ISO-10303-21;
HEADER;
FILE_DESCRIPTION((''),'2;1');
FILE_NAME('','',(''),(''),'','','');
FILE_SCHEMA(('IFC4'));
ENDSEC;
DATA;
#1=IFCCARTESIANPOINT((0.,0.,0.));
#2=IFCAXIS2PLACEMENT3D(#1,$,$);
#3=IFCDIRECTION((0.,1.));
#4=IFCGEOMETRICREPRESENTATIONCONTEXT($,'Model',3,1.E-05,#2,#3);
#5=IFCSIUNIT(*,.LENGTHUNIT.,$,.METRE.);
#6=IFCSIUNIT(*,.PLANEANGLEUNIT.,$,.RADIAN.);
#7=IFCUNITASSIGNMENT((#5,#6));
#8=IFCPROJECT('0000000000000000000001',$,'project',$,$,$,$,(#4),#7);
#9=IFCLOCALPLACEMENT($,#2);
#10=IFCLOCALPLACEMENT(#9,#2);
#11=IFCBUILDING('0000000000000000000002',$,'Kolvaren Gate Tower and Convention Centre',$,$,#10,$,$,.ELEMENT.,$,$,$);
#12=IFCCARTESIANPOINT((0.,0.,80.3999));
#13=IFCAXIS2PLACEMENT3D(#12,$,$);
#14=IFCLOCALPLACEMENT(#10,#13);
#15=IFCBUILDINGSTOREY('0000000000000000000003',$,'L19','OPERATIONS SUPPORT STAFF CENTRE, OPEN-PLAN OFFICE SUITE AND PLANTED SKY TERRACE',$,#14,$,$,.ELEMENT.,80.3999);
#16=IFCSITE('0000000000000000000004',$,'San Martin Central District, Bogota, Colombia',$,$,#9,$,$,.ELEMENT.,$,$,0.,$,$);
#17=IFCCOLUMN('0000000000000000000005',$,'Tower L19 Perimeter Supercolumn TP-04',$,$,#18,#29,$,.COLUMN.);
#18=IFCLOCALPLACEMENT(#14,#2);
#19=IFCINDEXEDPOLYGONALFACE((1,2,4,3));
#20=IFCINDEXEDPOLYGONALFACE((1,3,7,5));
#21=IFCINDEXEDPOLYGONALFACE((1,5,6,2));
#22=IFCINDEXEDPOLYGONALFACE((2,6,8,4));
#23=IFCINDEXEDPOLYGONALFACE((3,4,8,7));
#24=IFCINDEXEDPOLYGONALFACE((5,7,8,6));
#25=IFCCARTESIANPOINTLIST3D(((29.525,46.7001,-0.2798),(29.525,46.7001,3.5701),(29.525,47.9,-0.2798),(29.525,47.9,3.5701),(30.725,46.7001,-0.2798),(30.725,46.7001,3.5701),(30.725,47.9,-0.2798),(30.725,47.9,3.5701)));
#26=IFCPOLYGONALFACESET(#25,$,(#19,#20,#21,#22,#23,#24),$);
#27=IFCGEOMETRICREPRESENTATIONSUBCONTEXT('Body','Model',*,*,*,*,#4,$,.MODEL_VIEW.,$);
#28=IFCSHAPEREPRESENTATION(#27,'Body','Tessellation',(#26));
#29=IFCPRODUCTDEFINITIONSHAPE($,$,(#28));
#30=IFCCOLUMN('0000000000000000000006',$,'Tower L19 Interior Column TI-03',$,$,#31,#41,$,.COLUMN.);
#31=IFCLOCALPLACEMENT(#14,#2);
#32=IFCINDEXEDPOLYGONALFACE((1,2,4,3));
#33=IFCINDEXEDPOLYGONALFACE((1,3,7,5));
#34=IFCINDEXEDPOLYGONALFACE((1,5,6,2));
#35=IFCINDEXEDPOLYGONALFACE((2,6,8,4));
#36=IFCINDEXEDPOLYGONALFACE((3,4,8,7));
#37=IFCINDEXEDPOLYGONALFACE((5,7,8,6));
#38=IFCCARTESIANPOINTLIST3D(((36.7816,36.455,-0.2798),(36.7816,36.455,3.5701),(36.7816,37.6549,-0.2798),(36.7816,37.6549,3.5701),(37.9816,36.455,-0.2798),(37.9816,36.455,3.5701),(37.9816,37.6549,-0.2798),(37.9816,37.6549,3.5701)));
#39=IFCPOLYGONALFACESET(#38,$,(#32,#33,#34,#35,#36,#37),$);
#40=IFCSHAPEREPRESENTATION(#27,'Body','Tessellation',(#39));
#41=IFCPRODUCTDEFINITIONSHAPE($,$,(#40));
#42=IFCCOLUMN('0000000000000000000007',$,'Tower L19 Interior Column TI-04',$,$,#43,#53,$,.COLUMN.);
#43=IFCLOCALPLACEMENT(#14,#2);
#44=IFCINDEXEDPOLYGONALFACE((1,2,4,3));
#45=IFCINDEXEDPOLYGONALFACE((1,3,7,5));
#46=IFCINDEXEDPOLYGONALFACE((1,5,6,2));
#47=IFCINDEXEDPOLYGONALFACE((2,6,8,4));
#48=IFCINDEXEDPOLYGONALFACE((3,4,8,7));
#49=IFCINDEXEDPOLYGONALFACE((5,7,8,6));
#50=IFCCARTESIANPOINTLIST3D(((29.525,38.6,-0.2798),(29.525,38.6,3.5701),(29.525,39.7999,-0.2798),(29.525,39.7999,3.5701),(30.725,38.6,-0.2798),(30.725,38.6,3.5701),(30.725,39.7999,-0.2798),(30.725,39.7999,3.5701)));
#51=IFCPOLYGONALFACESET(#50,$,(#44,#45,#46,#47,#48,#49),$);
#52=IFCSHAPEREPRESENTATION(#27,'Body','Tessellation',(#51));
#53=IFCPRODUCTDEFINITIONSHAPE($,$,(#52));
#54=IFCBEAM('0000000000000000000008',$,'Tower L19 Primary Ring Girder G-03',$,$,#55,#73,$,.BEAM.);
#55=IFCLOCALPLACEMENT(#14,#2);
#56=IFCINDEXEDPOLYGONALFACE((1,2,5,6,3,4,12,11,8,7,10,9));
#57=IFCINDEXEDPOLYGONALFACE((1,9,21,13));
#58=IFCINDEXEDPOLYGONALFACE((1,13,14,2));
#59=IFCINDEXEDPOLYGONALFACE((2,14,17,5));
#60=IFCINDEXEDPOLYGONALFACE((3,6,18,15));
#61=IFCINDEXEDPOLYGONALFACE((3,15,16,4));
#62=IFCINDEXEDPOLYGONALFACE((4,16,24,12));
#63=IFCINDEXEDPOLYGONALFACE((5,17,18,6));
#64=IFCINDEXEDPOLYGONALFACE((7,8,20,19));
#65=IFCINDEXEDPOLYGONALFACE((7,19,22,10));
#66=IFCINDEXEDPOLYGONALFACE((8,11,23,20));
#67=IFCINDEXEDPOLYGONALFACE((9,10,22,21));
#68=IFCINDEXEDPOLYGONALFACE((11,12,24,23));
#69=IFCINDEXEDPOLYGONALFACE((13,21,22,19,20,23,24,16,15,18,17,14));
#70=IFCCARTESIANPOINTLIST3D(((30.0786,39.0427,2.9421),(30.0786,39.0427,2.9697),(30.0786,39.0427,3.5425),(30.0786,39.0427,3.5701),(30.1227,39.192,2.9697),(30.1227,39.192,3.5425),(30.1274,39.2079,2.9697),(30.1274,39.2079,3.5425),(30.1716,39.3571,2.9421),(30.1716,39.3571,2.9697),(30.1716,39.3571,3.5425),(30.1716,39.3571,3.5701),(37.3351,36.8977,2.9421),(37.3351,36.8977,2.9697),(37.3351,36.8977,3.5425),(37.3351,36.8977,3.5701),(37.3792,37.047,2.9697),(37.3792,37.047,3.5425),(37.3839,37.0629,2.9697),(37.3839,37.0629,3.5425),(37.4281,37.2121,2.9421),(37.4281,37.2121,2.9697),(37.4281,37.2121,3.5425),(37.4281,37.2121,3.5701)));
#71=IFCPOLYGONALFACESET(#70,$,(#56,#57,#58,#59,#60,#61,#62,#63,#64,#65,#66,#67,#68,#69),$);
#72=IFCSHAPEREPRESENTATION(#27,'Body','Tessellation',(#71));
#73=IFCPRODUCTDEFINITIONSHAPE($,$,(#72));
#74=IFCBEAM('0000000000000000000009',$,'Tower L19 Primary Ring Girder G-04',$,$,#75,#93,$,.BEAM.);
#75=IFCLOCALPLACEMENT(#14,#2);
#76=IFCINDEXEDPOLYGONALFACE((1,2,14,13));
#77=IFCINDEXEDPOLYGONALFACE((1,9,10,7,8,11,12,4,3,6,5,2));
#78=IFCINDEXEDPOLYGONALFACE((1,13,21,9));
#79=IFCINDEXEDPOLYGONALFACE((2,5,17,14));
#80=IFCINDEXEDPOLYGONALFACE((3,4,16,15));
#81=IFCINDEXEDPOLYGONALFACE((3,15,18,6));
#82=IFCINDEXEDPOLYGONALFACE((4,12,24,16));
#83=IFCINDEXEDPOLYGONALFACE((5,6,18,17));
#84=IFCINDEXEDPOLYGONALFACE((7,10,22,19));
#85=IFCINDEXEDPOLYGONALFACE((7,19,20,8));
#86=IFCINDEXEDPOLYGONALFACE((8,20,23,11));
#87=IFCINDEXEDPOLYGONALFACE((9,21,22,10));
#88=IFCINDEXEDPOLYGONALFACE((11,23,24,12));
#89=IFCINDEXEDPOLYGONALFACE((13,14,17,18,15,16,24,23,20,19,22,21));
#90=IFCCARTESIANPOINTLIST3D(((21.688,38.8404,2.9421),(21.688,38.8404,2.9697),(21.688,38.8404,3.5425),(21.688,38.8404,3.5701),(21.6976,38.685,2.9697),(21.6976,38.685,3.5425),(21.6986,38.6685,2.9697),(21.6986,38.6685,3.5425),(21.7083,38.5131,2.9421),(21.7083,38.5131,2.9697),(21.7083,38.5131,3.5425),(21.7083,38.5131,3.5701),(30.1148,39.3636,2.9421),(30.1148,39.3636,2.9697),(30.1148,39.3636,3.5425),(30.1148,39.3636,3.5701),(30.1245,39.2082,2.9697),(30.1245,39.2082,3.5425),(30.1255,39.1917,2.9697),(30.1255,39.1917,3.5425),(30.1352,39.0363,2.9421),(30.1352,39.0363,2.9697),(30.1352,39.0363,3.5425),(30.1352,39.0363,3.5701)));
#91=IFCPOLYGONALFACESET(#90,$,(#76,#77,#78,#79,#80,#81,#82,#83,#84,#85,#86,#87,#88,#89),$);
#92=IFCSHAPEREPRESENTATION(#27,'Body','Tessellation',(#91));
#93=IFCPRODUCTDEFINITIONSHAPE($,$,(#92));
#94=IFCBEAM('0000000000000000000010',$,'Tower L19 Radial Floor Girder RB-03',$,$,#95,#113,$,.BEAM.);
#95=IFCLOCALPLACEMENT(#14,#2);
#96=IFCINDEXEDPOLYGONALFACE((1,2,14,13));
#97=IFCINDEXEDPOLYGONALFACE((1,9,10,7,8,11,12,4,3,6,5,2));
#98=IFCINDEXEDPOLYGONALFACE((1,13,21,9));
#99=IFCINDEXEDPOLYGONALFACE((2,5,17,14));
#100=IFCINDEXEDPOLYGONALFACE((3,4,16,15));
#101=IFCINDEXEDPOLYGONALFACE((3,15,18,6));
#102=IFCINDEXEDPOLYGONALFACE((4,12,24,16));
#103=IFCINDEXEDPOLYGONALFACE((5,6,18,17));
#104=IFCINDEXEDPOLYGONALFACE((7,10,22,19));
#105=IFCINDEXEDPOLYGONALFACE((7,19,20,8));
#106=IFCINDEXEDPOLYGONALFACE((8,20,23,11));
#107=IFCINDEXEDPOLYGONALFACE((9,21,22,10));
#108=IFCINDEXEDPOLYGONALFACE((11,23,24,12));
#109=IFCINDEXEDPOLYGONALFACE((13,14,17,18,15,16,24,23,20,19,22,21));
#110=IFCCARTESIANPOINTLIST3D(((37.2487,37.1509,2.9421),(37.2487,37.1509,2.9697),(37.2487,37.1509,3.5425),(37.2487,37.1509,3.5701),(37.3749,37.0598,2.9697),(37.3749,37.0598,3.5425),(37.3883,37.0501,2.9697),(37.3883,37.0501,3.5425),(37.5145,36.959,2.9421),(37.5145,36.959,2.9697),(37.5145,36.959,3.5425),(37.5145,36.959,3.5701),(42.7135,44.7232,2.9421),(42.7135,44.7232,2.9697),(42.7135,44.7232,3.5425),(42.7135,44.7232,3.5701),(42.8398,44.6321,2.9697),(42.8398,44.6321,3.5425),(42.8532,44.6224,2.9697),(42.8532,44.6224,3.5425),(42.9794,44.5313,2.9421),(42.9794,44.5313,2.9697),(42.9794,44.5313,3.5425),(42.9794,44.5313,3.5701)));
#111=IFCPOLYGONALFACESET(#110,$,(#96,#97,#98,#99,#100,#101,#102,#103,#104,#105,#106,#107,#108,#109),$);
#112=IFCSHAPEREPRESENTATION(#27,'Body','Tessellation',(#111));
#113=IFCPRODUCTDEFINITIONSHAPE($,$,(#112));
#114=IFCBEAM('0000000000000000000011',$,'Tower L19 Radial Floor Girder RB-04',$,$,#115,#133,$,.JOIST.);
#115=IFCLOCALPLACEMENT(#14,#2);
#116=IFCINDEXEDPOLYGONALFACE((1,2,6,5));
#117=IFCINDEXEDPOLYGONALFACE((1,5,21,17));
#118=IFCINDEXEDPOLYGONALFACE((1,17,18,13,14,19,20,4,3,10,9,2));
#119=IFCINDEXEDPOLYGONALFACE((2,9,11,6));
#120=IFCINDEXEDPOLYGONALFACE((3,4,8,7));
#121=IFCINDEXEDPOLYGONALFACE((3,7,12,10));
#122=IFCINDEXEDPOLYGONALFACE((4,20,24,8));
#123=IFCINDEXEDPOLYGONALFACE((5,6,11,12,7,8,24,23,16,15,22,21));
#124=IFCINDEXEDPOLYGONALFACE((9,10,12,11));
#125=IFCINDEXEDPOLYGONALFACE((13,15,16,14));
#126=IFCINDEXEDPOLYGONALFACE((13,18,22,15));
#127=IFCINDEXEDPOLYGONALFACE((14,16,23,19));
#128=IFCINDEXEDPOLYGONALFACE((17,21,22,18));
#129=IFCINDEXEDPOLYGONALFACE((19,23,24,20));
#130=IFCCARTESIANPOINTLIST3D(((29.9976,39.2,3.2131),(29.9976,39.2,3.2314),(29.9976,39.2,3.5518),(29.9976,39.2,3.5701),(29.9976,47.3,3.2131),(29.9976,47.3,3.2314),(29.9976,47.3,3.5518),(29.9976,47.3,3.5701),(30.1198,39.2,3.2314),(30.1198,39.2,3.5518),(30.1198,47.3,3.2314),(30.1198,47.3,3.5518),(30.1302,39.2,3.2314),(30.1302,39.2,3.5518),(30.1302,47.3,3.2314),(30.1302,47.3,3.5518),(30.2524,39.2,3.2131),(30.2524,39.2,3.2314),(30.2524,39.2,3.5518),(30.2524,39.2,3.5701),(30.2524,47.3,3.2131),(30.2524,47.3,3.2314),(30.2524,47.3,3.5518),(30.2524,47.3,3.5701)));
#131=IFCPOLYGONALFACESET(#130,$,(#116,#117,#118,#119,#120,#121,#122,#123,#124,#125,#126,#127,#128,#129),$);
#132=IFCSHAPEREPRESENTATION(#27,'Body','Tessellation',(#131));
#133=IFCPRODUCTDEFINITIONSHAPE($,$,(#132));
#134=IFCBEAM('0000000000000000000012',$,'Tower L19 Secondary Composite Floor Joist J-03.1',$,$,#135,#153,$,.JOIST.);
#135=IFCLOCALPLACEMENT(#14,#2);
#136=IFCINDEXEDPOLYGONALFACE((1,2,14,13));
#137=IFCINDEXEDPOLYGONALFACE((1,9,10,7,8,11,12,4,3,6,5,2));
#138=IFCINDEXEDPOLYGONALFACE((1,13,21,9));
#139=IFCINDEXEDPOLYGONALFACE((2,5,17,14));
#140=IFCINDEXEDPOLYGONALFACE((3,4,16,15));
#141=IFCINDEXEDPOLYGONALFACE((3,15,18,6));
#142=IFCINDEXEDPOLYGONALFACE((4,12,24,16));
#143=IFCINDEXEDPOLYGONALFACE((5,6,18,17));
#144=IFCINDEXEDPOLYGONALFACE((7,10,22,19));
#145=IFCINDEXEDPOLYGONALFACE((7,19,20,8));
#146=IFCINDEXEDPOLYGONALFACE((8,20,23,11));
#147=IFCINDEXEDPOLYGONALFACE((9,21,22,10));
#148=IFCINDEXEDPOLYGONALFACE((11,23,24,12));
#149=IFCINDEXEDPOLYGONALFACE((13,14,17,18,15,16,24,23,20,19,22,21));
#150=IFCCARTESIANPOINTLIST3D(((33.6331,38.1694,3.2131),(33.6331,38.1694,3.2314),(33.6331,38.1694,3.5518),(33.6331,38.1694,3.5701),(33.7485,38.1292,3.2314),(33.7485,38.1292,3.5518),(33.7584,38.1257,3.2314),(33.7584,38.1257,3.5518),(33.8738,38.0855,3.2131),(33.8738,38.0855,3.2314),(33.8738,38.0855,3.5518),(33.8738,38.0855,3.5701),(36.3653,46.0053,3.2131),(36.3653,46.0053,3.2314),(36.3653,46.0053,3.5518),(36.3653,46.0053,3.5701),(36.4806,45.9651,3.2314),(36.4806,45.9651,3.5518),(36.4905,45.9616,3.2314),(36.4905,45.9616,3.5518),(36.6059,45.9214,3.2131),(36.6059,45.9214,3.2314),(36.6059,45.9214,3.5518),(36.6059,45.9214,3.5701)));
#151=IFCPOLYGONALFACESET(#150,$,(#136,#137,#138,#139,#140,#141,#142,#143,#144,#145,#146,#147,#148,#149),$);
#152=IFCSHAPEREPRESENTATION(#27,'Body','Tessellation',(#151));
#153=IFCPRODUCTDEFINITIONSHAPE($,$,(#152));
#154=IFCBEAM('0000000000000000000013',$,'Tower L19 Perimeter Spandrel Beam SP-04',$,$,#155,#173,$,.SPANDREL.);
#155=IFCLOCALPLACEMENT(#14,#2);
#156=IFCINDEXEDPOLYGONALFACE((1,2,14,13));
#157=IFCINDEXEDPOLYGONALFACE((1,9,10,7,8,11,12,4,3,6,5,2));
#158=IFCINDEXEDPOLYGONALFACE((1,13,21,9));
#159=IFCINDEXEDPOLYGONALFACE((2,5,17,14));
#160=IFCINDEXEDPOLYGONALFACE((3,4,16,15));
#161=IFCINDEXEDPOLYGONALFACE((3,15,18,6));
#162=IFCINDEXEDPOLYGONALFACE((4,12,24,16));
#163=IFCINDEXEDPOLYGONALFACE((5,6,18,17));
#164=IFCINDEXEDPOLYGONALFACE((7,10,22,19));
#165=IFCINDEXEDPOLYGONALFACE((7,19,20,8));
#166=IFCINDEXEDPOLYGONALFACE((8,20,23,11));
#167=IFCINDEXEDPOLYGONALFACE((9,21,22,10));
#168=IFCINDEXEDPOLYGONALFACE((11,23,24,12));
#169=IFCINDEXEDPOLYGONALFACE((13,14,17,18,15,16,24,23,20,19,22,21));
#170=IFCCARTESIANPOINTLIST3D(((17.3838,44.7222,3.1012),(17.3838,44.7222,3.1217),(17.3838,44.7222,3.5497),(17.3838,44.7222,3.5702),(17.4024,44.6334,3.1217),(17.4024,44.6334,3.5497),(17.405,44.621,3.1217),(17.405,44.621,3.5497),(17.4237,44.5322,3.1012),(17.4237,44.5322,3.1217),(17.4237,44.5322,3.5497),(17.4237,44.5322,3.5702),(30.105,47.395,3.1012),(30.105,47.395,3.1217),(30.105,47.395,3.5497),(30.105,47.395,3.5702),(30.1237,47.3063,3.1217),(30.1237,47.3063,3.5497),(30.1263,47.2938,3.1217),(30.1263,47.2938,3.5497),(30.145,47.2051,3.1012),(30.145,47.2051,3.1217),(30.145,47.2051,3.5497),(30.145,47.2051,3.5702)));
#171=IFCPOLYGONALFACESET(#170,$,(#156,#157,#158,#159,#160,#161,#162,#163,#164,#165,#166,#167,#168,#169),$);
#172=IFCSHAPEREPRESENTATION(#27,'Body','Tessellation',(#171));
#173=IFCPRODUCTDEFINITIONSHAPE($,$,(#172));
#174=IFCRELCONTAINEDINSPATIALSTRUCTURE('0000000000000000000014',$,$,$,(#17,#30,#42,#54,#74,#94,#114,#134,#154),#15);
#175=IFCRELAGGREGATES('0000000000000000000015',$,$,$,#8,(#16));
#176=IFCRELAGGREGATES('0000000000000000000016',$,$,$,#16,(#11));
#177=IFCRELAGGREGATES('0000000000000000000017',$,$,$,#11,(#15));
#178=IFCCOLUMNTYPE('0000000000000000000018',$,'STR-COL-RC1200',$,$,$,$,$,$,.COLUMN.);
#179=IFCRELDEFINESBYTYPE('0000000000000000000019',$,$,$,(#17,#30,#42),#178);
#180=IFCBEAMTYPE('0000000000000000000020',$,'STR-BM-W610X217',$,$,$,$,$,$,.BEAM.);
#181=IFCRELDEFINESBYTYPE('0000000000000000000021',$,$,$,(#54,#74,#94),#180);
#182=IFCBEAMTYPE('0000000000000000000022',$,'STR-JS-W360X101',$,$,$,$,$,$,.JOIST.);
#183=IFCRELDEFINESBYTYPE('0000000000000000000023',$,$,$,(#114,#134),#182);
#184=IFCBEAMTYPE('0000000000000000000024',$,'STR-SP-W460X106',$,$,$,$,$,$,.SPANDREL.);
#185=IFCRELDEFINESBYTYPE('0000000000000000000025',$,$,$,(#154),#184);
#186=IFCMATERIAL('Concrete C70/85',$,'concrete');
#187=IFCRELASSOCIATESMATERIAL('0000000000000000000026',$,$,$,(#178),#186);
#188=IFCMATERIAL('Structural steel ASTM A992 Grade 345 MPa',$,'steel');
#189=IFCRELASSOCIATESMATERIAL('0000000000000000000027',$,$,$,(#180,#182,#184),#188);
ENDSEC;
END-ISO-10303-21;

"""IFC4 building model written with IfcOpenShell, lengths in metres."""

from ifc_helpers import new_model, si_unit, direction, frame, origin, origin_2d, place, context, subcontext, project, spatial, rectangle, i_section, extrude, material, material_profile, profile_set, type_object, element, save


model = new_model("IFC4")

# Units and contexts
model_context = context("Model", 3, precision=1e-05, world=origin(), true_north=direction((0.0, 1.0)))
body_context = subcontext(model_context, "Body", "Model", "MODEL_VIEW")
ifc_project = project(units=[si_unit("LENGTHUNIT", "METRE"), si_unit("PLANEANGLEUNIT", "RADIAN")], contexts=[model_context])

# Site, building, storey
site_placement = place(None, origin())
site = spatial("IfcSite", under=ifc_project, at=site_placement, Name="San Martin Central District, Bogota, Colombia", CompositionType="ELEMENT", RefElevation=0.0)
building_placement = place(site_placement, origin())
building = spatial("IfcBuilding", under=site, at=building_placement, Name="Kolvaren Gate Tower and Convention Centre", CompositionType="ELEMENT")
storey_placement = place(building_placement, frame((0.0, 0.0, 80.3999)))
storey = spatial("IfcBuildingStorey", under=building, at=storey_placement, Name="L19", Description="OPERATIONS SUPPORT STAFF CENTRE, OPEN-PLAN OFFICE SUITE AND PLANTED SKY TERRACE", CompositionType="ELEMENT", Elevation=80.3999)

# Columns
ifc_material_1 = material(Name="Concrete C70/85", Category="concrete")
ifc_material_profile_1 = material_profile(ifc_material_1, rectangle(XDim=1.2, YDim=1.2, at=origin_2d()), Name="RC-COL-1200X1200")
ifc_profile_set_1 = profile_set([ifc_material_profile_1], Name="Concrete C70/85")
column_type = type_object("IfcColumnType", Name="STR-COL-RC1200", PredefinedType="COLUMN", material=ifc_profile_set_1)
for number, where, z_axis, x_axis, name in (
    (1, (30.125, 47.3, -0.2798), (0.0, 0.0, 1.0), (1.0, 0.0, 0.0), "Tower L19 Perimeter Supercolumn TP-04"),
    (2, (37.3816, 37.0549, -0.2798), (0.0, 0.0, 1.0), (1.0, 0.0, 0.0), "Tower L19 Interior Column TI-03"),
    (3, (30.125, 39.2, -0.2798), (0.0, 0.0, 1.0), (1.0, 0.0, 0.0), "Tower L19 Interior Column TI-04"),
):
    element("IfcColumn", number, at=place(storey_placement, frame(where, z_axis=z_axis, x_axis=x_axis)), inside=storey, type_object=column_type, Name=name, PredefinedType="COLUMN", context=body_context, shape_type="SweptSolid", body=[
        extrude(rectangle(XDim=1.2, YDim=1.2, at=origin_2d()), origin(), (0.0, 0.0, 1.0), 3.8499),
    ])

# Beams
ifc_material_2 = material(Name="Structural steel ASTM A992 Grade 345 MPa", Category="steel")
ifc_material_profile_2 = material_profile(ifc_material_2, i_section(OverallWidth=0.3279, OverallDepth=0.6279, WebThickness=0.0166, FlangeThickness=0.0276, at=origin_2d()), Name="W610X217")
ifc_profile_set_2 = profile_set([ifc_material_profile_2], Name="Structural steel ASTM A992 Grade 345 MPa")
beam_type_1 = type_object("IfcBeamType", Name="STR-BM-W610X217", PredefinedType="BEAM", material=ifc_profile_set_2)
beam_1_placement = place(storey_placement, frame((37.3816, 37.0549, 3.2561), z_axis=(-0.958981, 0.283471, 0.0), x_axis=(-0.283471, -0.958981, 0.0)))
element("IfcBeam", 4, at=beam_1_placement, inside=storey, type_object=beam_type_1, Name="Tower L19 Primary Ring Girder G-03", PredefinedType="BEAM", context=body_context, shape_type="SweptSolid", body=[
    extrude(i_section(OverallWidth=0.3279, OverallDepth=0.6279, WebThickness=0.0166, FlangeThickness=0.0276, at=origin_2d()), origin(), (0.0, 0.0, 1.0), 7.5669),
])
beam_2_placement = place(storey_placement, frame((30.125, 39.2, 3.2561), z_axis=(-0.998078, -0.061966, 0.0), x_axis=(0.061966, -0.998078, 0.0)))
element("IfcBeam", 5, at=beam_2_placement, inside=storey, type_object=beam_type_1, Name="Tower L19 Primary Ring Girder G-04", PredefinedType="BEAM", context=body_context, shape_type="SweptSolid", body=[
    extrude(i_section(OverallWidth=0.3279, OverallDepth=0.6279, WebThickness=0.0166, FlangeThickness=0.0276, at=origin_2d()), origin(), (0.0, 0.0, 1.0), 8.4431),
])
beam_3_placement = place(storey_placement, frame((37.3816, 37.0549, 3.2561), z_axis=(0.585208, 0.810883, 0.0), x_axis=(-0.810883, 0.585208, 0.0)))
element("IfcBeam", 6, at=beam_3_placement, inside=storey, type_object=beam_type_1, Name="Tower L19 Radial Floor Girder RB-03", PredefinedType="BEAM", context=body_context, shape_type="SweptSolid", body=[
    extrude(i_section(OverallWidth=0.3279, OverallDepth=0.6279, WebThickness=0.0166, FlangeThickness=0.0276, at=origin_2d()), origin(), (0.0, 0.0, 1.0), 9.3384),
])
ifc_material_profile_3 = material_profile(ifc_material_2, i_section(OverallWidth=0.2549, OverallDepth=0.3569, WebThickness=0.0105, FlangeThickness=0.0183, at=origin_2d()), Name="W360X101")
ifc_profile_set_3 = profile_set([ifc_material_profile_3], Name="Structural steel ASTM A992 Grade 345 MPa")
beam_type_2 = type_object("IfcBeamType", Name="STR-JS-W360X101", PredefinedType="JOIST", material=ifc_profile_set_3)
beam_4_placement = place(storey_placement, frame((30.125, 39.2, 3.3916), z_axis=(0.0, 1.0, 0.0), x_axis=(-1.0, 0.0, 0.0)))
element("IfcBeam", 7, at=beam_4_placement, inside=storey, type_object=beam_type_2, Name="Tower L19 Radial Floor Girder RB-04", PredefinedType="JOIST", context=body_context, shape_type="SweptSolid", body=[
    extrude(i_section(OverallWidth=0.2549, OverallDepth=0.3569, WebThickness=0.0105, FlangeThickness=0.0183, at=origin_2d()), origin(), (0.0, 0.0, 1.0), 8.1001),
])
beam_5_placement = place(storey_placement, frame((33.7534, 38.1274, 3.3916), z_axis=(0.329234, 0.944248, 0.0), x_axis=(-0.944248, 0.329234, 0.0)))
element("IfcBeam", 8, at=beam_5_placement, inside=storey, type_object=beam_type_2, Name="Tower L19 Secondary Composite Floor Joist J-03.1", PredefinedType="JOIST", context=body_context, shape_type="SweptSolid", body=[
    extrude(i_section(OverallWidth=0.2549, OverallDepth=0.3569, WebThickness=0.0105, FlangeThickness=0.0183, at=origin_2d()), origin(), (0.0, 0.0, 1.0), 8.2986),
])
ifc_material_profile_4 = material_profile(ifc_material_2, i_section(OverallWidth=0.1941, OverallDepth=0.469, WebThickness=0.0127, FlangeThickness=0.0205, at=origin_2d()), Name="W460X106")
ifc_profile_set_4 = profile_set([ifc_material_profile_4], Name="Structural steel ASTM A992 Grade 345 MPa")
beam_type_3 = type_object("IfcBeamType", Name="STR-SP-W460X106", PredefinedType="SPANDREL", material=ifc_profile_set_4)
beam_6_placement = place(storey_placement, frame((30.125, 47.3, 3.3357), z_axis=(-0.978632, -0.20562, 0.0), x_axis=(0.20562, -0.978632, 0.0)))
element("IfcBeam", 9, at=beam_6_placement, inside=storey, type_object=beam_type_3, Name="Tower L19 Perimeter Spandrel Beam SP-04", PredefinedType="SPANDREL", context=body_context, shape_type="SweptSolid", body=[
    extrude(i_section(OverallWidth=0.1941, OverallDepth=0.469, WebThickness=0.0127, FlangeThickness=0.0205, at=origin_2d()), origin(), (0.0, 0.0, 1.0), 12.999),
])

save(model, "model.ifc")
